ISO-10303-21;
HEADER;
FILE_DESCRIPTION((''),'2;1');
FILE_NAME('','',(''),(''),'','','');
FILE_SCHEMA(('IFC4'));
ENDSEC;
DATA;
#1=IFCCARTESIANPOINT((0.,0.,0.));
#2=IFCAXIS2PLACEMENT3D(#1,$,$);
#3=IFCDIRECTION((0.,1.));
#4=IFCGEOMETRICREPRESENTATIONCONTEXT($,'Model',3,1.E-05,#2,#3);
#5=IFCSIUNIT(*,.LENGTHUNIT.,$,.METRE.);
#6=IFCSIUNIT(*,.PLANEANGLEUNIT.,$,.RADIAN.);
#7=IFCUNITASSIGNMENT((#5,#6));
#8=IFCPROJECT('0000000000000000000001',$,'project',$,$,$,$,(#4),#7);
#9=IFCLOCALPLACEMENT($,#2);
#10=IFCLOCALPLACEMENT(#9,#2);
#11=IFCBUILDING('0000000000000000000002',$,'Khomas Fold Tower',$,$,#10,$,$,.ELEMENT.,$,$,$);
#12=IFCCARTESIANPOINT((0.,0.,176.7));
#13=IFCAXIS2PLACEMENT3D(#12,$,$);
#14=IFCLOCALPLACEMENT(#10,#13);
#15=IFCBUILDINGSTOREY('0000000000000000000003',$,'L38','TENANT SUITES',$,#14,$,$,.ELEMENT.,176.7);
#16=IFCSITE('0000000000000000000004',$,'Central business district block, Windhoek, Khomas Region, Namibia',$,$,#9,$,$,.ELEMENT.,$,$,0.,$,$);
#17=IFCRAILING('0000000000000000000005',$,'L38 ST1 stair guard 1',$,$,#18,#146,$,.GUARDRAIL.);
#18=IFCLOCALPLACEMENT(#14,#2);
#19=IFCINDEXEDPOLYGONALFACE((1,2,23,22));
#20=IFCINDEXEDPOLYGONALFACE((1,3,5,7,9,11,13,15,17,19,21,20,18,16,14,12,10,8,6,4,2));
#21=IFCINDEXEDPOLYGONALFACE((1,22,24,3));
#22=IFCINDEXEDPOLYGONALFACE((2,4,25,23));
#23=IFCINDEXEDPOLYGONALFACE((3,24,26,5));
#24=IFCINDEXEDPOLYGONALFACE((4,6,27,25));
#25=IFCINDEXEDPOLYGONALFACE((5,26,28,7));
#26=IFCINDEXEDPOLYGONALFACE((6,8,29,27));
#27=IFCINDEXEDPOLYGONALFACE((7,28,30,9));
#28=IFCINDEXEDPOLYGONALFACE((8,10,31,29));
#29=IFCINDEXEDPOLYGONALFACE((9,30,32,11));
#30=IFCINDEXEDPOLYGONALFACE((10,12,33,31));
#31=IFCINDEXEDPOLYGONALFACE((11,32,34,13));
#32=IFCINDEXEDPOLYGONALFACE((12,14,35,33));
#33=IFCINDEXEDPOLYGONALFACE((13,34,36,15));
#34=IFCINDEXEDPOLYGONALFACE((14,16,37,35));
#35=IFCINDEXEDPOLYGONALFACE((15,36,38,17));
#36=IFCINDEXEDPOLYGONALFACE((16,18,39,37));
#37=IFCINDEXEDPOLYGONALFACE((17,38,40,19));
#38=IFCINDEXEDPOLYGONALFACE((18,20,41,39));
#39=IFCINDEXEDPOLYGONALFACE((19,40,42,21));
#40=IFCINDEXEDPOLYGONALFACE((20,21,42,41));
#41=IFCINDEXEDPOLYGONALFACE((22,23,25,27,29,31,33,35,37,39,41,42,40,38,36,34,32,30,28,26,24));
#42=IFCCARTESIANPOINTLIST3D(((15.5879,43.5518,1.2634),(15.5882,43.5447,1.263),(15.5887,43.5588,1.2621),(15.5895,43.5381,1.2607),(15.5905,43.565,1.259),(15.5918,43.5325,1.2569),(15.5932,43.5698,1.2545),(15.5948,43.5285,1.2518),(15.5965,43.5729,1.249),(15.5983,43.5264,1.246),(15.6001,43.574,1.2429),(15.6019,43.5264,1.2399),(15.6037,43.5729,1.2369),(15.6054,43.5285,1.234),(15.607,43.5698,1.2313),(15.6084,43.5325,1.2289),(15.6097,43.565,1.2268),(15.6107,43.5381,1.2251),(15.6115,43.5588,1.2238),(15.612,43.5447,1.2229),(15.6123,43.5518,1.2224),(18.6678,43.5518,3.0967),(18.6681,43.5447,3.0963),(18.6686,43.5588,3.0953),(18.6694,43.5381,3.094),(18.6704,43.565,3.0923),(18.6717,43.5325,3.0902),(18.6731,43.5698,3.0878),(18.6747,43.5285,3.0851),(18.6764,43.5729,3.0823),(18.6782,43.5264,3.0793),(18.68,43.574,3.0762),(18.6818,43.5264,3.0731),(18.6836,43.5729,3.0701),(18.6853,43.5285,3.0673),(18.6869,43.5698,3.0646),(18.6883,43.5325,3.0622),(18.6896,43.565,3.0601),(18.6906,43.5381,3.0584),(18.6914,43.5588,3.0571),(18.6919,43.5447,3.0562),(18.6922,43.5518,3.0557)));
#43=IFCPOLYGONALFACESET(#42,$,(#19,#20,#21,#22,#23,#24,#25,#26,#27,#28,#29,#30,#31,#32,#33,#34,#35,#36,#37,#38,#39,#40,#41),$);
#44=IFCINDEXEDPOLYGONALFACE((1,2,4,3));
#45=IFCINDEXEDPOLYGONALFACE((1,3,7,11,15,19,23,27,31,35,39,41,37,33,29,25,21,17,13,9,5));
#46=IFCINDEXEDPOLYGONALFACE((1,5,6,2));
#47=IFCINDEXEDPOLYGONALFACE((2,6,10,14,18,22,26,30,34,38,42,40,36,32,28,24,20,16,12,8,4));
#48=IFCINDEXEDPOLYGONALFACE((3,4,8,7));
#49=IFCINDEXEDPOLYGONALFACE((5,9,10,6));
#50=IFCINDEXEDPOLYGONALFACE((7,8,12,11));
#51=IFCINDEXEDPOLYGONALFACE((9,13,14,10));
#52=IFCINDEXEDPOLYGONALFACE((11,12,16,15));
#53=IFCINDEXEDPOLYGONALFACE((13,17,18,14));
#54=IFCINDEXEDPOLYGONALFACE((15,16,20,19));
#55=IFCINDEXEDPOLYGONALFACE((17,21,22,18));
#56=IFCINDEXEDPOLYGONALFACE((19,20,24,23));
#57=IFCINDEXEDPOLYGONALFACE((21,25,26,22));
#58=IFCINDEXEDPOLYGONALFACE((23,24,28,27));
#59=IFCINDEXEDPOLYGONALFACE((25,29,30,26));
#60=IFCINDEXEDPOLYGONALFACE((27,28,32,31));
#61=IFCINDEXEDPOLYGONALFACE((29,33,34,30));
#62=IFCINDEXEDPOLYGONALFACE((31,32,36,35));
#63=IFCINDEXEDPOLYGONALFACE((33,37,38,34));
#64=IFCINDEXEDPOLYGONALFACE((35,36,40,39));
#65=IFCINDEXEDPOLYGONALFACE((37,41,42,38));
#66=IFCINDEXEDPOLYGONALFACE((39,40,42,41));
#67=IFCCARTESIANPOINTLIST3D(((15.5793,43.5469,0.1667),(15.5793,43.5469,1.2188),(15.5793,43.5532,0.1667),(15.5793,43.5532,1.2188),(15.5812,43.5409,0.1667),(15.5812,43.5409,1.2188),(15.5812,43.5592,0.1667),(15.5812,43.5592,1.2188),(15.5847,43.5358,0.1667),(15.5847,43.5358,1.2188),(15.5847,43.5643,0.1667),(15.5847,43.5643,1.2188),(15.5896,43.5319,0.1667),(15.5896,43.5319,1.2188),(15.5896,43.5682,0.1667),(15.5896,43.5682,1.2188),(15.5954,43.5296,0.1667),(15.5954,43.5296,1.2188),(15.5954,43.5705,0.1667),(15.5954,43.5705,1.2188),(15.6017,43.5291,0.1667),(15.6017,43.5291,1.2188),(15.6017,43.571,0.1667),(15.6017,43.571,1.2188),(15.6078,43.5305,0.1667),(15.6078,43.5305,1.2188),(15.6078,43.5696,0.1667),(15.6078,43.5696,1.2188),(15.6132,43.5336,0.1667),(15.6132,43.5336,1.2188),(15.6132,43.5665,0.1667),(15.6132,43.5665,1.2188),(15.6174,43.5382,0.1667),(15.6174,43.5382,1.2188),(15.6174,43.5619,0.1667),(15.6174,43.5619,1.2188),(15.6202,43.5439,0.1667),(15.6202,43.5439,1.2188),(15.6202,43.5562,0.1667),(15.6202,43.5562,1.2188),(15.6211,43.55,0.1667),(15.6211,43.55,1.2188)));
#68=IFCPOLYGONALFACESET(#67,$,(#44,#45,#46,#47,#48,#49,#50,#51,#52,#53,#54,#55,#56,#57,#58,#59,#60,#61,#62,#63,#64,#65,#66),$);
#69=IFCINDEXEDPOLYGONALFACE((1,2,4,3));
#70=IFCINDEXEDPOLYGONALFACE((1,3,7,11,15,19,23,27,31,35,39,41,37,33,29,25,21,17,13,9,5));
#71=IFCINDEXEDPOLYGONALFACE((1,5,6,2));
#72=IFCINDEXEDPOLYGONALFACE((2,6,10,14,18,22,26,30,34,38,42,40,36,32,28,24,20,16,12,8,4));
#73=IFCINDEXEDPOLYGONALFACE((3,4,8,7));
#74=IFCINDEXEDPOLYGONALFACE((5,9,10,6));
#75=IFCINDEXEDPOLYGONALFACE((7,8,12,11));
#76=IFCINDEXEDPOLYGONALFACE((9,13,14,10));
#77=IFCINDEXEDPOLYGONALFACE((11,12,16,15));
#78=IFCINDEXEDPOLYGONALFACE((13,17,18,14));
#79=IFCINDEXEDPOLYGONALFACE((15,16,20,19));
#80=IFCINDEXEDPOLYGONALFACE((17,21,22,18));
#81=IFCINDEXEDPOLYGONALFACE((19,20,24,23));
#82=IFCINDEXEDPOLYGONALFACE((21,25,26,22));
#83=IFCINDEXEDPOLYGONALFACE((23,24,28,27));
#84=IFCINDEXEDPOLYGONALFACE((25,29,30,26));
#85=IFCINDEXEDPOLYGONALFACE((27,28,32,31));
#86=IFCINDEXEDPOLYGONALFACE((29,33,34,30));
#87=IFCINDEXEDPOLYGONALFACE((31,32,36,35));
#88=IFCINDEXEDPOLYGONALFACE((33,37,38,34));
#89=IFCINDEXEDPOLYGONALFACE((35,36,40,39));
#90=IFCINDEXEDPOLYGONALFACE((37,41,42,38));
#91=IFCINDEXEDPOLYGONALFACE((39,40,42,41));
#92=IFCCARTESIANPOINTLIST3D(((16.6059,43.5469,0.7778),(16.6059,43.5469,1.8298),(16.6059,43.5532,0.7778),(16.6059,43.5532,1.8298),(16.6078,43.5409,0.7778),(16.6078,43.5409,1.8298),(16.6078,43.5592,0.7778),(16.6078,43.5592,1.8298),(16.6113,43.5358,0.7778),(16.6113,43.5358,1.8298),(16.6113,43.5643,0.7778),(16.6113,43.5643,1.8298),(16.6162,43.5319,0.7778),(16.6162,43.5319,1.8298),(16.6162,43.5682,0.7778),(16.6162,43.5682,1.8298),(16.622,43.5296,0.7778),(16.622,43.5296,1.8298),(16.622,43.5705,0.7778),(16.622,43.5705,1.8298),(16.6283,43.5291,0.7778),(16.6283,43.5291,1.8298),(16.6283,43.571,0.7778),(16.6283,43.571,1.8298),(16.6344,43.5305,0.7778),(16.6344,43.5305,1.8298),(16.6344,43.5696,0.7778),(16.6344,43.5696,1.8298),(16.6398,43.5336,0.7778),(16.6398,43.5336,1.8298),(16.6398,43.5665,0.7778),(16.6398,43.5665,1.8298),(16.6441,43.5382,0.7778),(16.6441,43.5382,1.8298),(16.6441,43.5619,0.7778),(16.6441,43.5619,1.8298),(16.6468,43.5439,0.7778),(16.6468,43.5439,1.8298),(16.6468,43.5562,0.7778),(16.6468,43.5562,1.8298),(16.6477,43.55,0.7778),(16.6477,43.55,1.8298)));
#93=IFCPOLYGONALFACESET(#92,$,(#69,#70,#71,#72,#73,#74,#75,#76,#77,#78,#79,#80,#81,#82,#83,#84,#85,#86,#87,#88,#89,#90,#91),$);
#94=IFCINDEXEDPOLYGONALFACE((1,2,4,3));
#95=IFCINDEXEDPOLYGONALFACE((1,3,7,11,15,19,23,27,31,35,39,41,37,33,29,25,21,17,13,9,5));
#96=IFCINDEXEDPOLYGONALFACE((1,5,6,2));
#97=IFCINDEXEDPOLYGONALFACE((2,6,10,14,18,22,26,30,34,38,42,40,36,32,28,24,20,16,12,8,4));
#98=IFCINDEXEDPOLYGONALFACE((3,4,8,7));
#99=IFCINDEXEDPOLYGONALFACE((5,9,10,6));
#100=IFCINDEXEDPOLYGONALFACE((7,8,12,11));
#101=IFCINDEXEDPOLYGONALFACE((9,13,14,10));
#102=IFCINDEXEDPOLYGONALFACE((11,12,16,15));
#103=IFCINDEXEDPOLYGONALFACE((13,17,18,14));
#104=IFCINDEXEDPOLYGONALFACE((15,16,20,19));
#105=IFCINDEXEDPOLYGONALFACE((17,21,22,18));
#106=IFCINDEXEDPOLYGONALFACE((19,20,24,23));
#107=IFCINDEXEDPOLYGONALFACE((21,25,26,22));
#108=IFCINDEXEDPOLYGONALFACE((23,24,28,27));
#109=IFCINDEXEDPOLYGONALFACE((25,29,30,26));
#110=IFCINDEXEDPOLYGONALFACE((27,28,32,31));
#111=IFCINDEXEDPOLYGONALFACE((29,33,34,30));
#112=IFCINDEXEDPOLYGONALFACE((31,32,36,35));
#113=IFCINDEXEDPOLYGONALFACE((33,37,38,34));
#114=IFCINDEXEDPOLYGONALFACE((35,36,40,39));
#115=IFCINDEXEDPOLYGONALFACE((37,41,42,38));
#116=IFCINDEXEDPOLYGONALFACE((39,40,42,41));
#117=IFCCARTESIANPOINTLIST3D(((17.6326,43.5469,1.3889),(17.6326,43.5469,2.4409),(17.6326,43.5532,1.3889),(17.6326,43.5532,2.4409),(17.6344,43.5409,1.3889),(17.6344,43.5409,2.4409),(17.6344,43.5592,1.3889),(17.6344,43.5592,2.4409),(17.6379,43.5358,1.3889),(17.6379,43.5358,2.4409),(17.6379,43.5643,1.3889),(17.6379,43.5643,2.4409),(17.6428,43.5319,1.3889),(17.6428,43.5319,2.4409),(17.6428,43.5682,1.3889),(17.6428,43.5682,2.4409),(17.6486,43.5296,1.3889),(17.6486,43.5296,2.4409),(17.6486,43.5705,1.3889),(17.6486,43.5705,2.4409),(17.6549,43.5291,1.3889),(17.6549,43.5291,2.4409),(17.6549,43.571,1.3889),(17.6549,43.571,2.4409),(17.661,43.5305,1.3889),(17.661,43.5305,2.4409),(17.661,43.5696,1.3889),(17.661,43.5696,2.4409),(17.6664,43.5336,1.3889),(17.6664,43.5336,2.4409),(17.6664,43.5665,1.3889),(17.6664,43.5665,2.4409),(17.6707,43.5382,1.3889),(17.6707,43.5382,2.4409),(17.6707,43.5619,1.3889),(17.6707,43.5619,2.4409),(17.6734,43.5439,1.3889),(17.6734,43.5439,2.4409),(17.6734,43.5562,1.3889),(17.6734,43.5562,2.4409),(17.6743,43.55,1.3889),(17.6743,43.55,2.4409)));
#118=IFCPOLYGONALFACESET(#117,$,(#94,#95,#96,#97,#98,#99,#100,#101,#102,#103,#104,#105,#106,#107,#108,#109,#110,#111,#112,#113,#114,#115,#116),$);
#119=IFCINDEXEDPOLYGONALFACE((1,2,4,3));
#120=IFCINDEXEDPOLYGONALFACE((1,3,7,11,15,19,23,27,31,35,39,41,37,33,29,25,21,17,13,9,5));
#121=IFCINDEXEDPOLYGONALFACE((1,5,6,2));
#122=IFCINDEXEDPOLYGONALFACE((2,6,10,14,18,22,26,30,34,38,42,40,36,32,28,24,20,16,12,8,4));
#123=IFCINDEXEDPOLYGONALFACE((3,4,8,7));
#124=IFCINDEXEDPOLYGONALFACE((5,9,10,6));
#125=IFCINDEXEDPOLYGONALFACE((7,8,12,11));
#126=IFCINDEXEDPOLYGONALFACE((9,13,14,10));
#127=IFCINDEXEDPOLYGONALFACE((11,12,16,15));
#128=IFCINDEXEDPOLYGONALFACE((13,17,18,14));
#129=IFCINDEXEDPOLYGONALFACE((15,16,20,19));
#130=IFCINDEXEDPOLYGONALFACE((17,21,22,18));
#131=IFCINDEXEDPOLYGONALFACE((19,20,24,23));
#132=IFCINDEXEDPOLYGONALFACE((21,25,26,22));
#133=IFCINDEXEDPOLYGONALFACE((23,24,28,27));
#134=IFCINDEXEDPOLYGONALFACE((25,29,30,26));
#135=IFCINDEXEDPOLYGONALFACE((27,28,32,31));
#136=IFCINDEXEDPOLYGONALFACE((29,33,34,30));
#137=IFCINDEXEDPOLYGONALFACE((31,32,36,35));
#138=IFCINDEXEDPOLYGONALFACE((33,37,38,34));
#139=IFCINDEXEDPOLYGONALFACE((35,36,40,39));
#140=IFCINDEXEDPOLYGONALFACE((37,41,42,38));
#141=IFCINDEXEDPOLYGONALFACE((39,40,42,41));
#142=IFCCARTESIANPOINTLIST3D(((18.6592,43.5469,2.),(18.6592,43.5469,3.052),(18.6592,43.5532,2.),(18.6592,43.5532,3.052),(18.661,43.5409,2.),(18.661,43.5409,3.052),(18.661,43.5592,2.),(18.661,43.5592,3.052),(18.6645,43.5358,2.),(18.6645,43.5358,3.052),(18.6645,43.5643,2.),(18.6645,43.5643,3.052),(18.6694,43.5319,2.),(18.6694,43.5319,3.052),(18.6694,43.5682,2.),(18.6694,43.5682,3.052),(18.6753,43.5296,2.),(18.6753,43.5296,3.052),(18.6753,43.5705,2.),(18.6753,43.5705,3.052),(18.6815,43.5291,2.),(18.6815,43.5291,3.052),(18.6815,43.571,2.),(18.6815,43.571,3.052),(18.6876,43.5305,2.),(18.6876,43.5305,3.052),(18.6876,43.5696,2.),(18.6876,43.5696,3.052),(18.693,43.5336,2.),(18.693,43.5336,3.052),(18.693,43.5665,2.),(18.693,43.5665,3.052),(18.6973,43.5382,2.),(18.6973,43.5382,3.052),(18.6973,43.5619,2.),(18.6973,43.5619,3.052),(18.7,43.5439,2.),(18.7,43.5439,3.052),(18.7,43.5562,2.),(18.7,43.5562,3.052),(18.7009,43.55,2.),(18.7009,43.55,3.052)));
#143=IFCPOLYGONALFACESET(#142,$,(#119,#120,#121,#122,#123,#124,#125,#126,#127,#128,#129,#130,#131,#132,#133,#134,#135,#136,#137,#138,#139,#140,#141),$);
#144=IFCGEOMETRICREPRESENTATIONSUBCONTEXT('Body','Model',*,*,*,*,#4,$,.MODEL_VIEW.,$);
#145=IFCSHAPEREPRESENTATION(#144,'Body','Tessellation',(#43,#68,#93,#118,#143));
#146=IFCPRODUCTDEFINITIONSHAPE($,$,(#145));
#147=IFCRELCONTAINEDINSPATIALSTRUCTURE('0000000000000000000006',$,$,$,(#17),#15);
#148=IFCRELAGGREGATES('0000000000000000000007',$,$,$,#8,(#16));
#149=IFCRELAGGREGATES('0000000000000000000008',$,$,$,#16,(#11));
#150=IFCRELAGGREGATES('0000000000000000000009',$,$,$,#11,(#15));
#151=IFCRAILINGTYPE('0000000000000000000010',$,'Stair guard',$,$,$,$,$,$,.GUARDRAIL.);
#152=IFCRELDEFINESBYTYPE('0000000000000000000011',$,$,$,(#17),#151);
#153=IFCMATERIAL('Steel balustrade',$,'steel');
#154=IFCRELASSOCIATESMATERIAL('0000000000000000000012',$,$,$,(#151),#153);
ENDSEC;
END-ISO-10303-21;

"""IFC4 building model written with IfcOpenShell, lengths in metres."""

from ifc_helpers import new_model, si_unit, direction, frame, origin, origin_2d, place, context, subcontext, project, spatial, circle, extrude, source, transform, mapped, material, type_object, element, save


model = new_model("IFC4")

# Units and contexts
model_context = context("Model", 3, precision=1e-05, world=origin(), true_north=direction((0.0, 1.0)))
body_context = subcontext(model_context, "Body", "Model", "MODEL_VIEW")
ifc_project = project(units=[si_unit("LENGTHUNIT", "METRE"), si_unit("PLANEANGLEUNIT", "RADIAN")], contexts=[model_context])

# Site, building, storey
site_placement = place(None, origin())
site = spatial("IfcSite", under=ifc_project, at=site_placement, Name="Central business district block, Windhoek, Khomas Region, Namibia", CompositionType="ELEMENT", RefElevation=0.0)
building_placement = place(site_placement, origin())
building = spatial("IfcBuilding", under=site, at=building_placement, Name="Khomas Fold Tower", CompositionType="ELEMENT")
storey_placement = place(building_placement, frame((0.0, 0.0, 176.7)))
storey = spatial("IfcBuildingStorey", under=building, at=storey_placement, Name="L38", Description="TENANT SUITES", CompositionType="ELEMENT", Elevation=176.7)

# Railing
ifc_material_1 = material(Name="Steel balustrade", Category="steel")
railing_type_1 = type_object("IfcRailingType", Name="Stair guard", PredefinedType="GUARDRAIL", material=ifc_material_1)
shared_shape_1 = source(origin(), body_context, "Body", "SweptSolid", [
    extrude(circle(Radius=0.0239, at=origin_2d()), frame((0.0, 0.0, 1.0762), z_axis=(0.859291, 0.0, 0.511487), x_axis=(0.0, 1.0, 0.0)), (0.0, 0.0, 1.0), 3.5842),
    extrude(circle(Radius=0.021, at=origin_2d()), origin(), (0.0, 0.0, 1.0), 1.052),
    extrude(circle(Radius=0.021, at=origin_2d()), frame((1.0266, 0.0, 0.6111)), (0.0, 0.0, 1.0), 1.052),
    extrude(circle(Radius=0.021, at=origin_2d()), frame((2.0532, 0.0, 1.2222)), (0.0, 0.0, 1.0), 1.052),
    extrude(circle(Radius=0.021, at=origin_2d()), frame((3.0798, 0.0, 1.8333)), (0.0, 0.0, 1.0), 1.052),
])
railing_1_placement = place(storey_placement, frame((15.6001, 43.55, 0.1667)))
element("IfcRailing", 1, at=railing_1_placement, inside=storey, type_object=railing_type_1, Name="L38 ST1 stair guard 1", PredefinedType="GUARDRAIL", context=body_context, shape_type="MappedRepresentation", body=[
    mapped(shared_shape_1, transform((0.0, 0.0, 0.0))),
])

save(model, "model.ifc")
